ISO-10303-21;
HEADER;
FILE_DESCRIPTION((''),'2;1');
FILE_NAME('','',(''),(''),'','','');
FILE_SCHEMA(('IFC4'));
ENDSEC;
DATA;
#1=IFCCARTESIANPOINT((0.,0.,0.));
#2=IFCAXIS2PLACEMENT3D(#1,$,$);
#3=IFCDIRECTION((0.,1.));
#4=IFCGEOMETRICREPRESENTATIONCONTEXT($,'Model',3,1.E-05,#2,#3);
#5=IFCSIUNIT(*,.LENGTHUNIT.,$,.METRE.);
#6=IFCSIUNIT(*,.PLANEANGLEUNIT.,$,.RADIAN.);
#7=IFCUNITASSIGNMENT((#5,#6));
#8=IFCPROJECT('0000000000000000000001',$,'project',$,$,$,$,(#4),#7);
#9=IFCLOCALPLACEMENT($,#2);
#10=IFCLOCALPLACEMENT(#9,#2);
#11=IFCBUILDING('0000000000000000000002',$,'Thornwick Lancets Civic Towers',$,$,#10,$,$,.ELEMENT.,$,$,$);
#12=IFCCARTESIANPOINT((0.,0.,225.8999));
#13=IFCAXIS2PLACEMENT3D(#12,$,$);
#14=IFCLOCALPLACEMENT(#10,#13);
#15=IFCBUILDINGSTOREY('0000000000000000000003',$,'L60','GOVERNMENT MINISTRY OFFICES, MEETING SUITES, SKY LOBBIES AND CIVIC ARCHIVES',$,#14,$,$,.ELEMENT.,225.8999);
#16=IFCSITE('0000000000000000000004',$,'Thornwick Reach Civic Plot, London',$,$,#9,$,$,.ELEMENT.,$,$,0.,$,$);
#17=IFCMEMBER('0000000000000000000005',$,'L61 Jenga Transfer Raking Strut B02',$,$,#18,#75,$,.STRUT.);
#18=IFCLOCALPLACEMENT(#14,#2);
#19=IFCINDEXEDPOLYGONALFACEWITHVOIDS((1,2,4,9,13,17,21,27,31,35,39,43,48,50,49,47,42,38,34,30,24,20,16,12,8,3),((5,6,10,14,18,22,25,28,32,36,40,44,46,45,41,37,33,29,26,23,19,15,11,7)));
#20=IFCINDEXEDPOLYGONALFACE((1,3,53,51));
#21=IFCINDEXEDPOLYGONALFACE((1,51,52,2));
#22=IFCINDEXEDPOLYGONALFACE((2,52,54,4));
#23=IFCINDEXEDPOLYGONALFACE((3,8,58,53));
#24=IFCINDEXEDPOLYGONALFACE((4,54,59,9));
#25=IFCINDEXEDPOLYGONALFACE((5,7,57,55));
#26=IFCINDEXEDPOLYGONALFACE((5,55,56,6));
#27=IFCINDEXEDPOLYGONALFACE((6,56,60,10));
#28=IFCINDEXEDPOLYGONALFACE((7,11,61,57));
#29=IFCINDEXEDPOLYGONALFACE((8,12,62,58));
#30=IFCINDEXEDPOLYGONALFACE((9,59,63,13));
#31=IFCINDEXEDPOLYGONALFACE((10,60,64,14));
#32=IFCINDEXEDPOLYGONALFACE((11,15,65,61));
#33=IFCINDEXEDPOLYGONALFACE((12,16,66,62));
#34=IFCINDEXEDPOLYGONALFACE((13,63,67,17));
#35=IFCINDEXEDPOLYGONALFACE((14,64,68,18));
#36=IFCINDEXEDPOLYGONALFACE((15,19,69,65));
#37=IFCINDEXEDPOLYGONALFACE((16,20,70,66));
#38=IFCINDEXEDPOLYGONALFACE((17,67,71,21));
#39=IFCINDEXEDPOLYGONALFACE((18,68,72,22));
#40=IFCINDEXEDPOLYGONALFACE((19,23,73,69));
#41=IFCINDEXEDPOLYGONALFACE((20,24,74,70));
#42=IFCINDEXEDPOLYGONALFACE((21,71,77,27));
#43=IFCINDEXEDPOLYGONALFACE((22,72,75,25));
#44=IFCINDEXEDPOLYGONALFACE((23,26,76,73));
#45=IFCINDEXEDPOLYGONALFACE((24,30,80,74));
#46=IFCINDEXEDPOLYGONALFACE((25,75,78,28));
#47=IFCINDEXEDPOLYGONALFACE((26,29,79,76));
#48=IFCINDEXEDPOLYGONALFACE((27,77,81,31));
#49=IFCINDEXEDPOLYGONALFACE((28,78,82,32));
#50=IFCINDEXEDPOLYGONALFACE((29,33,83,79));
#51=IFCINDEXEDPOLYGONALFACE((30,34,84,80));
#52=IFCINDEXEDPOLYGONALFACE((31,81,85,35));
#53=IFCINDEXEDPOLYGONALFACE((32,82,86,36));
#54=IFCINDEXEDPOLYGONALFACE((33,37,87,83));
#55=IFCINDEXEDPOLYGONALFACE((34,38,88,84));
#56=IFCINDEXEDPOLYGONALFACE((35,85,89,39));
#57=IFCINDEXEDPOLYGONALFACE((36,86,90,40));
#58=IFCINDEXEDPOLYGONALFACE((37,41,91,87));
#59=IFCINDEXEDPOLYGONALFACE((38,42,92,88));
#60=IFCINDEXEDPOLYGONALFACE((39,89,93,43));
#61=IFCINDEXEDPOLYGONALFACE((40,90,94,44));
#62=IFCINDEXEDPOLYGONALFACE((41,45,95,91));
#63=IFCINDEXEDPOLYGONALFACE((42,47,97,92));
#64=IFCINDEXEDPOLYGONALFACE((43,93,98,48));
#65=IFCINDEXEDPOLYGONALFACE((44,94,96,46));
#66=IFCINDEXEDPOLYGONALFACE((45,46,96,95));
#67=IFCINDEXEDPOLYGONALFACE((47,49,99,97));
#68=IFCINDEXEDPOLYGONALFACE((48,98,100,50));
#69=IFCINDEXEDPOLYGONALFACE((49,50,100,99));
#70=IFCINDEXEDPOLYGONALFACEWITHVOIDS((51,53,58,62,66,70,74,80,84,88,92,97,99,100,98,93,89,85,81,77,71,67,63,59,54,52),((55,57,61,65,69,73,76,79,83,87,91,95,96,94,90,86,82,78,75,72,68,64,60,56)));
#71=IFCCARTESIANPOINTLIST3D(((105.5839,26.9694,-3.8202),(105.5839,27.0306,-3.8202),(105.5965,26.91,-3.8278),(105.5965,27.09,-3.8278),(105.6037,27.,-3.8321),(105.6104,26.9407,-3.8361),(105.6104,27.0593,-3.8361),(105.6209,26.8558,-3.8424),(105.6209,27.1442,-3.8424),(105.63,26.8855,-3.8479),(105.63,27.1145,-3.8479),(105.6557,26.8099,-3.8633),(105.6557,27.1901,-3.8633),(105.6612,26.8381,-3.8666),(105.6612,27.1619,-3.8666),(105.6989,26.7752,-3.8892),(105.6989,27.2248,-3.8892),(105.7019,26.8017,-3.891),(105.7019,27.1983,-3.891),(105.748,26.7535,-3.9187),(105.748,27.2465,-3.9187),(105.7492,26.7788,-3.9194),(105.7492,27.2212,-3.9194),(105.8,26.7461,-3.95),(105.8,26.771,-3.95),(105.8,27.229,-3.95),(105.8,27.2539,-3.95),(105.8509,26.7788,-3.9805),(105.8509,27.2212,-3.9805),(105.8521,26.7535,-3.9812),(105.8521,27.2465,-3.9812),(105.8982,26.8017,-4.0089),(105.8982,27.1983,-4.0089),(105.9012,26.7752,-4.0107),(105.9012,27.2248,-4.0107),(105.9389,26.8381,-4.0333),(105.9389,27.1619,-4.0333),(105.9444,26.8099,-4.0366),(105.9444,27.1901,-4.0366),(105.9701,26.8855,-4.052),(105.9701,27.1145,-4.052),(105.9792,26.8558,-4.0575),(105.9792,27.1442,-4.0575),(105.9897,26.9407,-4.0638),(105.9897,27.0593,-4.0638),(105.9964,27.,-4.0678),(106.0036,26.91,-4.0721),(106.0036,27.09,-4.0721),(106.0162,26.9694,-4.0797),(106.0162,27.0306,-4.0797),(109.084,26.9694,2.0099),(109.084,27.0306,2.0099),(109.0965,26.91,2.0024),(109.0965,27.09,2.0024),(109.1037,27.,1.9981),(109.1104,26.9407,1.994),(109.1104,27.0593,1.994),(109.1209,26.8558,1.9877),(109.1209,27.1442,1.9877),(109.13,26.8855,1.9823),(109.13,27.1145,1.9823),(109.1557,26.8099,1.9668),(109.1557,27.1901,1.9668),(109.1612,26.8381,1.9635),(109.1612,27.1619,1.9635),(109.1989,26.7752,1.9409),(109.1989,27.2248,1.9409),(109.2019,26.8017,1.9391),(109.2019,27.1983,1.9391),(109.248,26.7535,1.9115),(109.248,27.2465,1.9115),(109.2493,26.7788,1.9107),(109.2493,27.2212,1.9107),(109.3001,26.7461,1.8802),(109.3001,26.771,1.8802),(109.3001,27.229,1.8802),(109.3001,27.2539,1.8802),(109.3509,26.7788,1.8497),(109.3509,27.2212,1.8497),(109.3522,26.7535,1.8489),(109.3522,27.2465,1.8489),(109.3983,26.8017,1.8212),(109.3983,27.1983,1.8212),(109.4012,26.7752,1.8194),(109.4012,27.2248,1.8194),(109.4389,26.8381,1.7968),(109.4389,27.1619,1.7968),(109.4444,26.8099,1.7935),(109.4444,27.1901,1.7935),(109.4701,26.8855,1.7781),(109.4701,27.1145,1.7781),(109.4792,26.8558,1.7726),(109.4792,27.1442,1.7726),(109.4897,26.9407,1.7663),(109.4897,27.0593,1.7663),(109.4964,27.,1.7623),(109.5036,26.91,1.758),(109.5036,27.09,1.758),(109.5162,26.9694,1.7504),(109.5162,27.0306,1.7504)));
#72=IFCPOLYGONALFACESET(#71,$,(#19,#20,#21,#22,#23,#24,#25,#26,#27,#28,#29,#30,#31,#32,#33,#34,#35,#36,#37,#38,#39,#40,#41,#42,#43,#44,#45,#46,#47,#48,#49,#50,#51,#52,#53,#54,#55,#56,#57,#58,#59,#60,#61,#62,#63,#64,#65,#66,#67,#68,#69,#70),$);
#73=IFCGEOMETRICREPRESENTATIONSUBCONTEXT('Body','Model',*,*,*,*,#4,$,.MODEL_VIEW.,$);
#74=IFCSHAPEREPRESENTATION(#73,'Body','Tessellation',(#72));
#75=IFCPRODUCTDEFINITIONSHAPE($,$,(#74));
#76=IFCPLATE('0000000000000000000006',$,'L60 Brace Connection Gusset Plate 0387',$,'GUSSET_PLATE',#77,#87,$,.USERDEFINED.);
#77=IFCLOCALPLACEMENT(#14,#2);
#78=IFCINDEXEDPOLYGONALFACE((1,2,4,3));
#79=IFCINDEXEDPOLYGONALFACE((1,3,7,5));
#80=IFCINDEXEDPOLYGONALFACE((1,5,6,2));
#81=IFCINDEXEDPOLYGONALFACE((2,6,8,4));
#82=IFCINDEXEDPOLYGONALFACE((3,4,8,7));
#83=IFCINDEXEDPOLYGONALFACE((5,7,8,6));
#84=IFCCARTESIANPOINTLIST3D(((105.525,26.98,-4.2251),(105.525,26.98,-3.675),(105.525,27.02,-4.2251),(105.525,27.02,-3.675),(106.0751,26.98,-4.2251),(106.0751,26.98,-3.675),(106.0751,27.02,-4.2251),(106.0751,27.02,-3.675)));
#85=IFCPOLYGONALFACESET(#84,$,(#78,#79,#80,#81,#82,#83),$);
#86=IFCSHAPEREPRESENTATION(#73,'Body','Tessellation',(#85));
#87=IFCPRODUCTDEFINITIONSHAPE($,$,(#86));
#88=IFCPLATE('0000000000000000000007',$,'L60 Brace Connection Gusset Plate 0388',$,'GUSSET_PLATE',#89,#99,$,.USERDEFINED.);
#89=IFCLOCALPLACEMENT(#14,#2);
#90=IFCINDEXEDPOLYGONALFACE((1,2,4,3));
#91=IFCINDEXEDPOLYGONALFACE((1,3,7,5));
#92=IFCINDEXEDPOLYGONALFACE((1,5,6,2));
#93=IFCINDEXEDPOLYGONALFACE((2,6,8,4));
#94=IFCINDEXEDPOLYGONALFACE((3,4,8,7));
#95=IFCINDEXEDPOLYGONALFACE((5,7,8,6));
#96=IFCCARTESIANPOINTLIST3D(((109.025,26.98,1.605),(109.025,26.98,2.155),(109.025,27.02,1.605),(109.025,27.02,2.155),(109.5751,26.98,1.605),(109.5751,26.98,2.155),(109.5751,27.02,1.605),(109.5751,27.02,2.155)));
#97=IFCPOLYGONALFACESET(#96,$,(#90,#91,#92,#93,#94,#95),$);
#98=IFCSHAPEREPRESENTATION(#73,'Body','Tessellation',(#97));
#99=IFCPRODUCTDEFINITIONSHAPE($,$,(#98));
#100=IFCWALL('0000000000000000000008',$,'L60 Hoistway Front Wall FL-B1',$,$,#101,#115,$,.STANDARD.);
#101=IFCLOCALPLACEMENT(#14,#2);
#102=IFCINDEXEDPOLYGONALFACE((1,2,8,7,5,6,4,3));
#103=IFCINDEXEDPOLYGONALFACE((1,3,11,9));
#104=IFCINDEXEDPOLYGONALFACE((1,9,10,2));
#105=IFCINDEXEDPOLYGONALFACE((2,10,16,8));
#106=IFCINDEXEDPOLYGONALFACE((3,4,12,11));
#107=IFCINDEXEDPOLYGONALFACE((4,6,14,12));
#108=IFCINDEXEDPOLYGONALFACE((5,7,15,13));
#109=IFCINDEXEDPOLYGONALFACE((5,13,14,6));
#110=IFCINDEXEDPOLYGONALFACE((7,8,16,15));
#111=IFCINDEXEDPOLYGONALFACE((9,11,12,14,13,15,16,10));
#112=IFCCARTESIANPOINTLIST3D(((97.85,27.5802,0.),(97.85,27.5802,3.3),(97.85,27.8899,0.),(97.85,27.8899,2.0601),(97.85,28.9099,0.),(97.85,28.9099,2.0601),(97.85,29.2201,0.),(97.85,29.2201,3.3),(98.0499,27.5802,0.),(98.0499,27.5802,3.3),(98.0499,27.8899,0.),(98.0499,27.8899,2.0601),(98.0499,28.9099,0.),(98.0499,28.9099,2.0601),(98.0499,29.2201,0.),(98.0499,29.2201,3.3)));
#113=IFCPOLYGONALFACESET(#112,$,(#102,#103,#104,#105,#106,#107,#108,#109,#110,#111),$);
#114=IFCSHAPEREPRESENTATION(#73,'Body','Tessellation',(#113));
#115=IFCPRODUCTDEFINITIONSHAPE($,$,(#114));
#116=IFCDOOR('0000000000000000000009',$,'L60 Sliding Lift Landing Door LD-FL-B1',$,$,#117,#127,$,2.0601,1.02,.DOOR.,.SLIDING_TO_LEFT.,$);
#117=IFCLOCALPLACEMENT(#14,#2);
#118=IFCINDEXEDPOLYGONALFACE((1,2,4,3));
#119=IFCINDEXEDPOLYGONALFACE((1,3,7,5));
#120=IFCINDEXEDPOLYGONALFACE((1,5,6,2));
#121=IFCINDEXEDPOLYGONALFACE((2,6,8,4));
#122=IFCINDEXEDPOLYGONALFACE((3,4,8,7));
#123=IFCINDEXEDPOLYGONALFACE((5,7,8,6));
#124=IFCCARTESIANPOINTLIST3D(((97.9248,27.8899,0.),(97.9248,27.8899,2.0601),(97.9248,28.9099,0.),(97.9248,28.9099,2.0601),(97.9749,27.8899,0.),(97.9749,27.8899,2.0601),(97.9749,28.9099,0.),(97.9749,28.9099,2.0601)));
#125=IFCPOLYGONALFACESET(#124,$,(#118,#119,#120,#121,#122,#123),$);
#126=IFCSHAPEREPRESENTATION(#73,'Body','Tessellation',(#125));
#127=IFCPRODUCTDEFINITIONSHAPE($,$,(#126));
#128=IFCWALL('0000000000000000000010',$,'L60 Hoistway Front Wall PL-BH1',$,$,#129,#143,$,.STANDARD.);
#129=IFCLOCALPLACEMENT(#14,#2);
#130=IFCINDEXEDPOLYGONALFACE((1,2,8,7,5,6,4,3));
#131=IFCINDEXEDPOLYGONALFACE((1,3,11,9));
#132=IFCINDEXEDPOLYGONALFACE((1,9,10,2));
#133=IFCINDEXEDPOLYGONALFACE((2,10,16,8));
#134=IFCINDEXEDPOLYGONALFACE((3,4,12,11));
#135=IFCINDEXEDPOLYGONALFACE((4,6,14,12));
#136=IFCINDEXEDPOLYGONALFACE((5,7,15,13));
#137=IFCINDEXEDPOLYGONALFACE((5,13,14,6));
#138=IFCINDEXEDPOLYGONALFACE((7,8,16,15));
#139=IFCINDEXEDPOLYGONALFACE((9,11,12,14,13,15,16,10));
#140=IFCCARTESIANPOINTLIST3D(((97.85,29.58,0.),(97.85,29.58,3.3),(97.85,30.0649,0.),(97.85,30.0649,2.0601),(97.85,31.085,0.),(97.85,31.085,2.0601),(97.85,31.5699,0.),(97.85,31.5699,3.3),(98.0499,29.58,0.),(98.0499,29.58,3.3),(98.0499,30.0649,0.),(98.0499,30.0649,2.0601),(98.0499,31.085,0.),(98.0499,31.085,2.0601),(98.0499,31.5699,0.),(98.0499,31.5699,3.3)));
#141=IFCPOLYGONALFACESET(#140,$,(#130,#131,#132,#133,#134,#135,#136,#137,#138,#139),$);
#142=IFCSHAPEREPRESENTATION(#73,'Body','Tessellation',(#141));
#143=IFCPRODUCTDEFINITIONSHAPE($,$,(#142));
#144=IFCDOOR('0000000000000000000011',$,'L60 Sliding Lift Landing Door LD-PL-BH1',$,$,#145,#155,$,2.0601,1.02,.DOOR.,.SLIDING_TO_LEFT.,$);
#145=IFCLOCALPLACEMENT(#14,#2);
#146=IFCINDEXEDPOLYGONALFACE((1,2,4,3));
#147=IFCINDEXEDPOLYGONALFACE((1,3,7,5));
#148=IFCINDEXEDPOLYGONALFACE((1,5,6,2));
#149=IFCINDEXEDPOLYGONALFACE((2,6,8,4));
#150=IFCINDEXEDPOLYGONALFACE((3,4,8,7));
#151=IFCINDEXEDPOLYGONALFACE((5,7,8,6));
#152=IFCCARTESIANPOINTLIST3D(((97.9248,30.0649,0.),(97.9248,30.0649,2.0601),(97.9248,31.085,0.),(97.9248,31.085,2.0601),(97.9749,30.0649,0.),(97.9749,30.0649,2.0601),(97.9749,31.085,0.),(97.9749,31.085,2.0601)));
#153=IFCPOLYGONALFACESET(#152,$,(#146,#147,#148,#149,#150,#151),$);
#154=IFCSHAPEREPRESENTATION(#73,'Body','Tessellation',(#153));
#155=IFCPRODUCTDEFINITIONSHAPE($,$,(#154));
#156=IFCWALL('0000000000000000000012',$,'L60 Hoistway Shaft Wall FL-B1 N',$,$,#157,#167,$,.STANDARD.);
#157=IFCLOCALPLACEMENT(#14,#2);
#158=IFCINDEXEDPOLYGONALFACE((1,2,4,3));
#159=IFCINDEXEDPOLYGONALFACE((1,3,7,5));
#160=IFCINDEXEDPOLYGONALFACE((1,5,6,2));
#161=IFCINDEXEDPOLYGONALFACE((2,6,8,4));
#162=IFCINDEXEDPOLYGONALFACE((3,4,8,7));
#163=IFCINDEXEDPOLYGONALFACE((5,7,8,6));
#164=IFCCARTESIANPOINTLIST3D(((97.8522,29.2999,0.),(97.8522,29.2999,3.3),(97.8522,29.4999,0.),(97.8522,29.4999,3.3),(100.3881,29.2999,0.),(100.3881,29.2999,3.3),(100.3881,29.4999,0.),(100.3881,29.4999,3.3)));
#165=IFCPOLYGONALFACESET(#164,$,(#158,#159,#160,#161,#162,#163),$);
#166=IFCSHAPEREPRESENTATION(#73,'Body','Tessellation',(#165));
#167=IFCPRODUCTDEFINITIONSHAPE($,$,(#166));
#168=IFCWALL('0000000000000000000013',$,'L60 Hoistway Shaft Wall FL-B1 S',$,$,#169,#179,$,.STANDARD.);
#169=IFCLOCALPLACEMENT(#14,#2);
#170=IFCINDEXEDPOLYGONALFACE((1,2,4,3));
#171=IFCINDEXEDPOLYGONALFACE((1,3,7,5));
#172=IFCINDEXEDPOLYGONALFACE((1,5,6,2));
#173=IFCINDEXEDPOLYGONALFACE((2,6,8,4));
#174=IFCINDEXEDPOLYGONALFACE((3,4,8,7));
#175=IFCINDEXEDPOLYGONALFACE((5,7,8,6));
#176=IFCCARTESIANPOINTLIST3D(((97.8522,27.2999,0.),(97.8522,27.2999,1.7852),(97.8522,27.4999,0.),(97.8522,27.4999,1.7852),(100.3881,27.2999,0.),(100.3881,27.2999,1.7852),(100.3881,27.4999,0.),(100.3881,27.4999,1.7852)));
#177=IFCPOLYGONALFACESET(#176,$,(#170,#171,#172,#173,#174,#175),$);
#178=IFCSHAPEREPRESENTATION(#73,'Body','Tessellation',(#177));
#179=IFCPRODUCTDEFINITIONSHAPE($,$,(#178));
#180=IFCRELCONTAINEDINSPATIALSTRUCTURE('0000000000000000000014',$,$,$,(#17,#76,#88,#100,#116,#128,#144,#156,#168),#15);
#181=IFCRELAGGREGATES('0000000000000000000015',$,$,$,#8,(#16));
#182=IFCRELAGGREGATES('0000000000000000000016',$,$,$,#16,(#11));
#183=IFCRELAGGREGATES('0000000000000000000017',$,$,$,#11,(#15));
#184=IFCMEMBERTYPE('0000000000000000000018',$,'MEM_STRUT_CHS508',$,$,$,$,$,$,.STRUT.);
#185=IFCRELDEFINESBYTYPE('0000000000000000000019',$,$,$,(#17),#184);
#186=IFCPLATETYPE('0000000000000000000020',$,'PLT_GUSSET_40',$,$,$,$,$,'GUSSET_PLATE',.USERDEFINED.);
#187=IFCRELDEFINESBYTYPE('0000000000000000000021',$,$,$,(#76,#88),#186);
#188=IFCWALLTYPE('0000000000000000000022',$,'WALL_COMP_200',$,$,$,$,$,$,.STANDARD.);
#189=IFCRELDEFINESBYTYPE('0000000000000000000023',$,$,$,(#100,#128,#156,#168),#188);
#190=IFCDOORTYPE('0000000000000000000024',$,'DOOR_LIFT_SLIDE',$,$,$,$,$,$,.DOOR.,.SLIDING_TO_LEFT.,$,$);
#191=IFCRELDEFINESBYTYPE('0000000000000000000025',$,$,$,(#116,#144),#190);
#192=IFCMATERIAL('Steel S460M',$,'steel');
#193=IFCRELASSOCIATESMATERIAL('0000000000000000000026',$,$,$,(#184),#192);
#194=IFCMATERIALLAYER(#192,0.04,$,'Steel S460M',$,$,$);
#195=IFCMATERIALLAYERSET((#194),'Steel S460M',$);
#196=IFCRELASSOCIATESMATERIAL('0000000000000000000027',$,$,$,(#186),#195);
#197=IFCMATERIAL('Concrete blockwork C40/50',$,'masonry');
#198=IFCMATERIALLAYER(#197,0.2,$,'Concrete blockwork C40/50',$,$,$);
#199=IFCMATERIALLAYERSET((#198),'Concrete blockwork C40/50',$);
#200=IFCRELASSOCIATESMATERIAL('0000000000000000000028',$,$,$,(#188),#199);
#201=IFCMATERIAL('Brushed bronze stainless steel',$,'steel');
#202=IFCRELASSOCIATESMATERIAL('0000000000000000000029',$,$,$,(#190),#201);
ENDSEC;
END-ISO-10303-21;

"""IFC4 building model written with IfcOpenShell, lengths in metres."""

from ifc_helpers import new_model, si_unit, direction, frame, frame_2d, origin, origin_2d, place, context, subcontext, project, spatial, rectangle, hollow_circle, extrude, material, layer, layer_set, material_profile, profile_set, type_object, element, fill, save


model = new_model("IFC4")

# Units and contexts
model_context = context("Model", 3, precision=1e-05, world=origin(), true_north=direction((0.0, 1.0)))
body_context = subcontext(model_context, "Body", "Model", "MODEL_VIEW")
ifc_project = project(units=[si_unit("LENGTHUNIT", "METRE"), si_unit("PLANEANGLEUNIT", "RADIAN")], contexts=[model_context])

# Site, building, storey
site_placement = place(None, origin())
site = spatial("IfcSite", under=ifc_project, at=site_placement, Name="Thornwick Reach Civic Plot, London", CompositionType="ELEMENT", RefElevation=0.0)
building_placement = place(site_placement, origin())
building = spatial("IfcBuilding", under=site, at=building_placement, Name="Thornwick Lancets Civic Towers", CompositionType="ELEMENT")
storey_placement = place(building_placement, frame((0.0, 0.0, 225.8999)))
storey = spatial("IfcBuildingStorey", under=building, at=storey_placement, Name="L60", Description="GOVERNMENT MINISTRY OFFICES, MEETING SUITES, SKY LOBBIES AND CIVIC ARCHIVES", CompositionType="ELEMENT", Elevation=225.8999)

# Member
ifc_material_1 = material(Name="Steel S460M", Category="steel")
ifc_material_profile_1 = material_profile(ifc_material_1, hollow_circle(Radius=0.2539, WallThickness=0.0249, at=origin_2d()), Name="CHS 508x25")
ifc_profile_set_1 = profile_set([ifc_material_profile_1], Name="Steel S460M")
member_type = type_object("IfcMemberType", Name="MEM_STRUT_CHS508", PredefinedType="STRUT", material=ifc_profile_set_1)
member_placement = place(storey_placement, frame((105.8, 27.0, -3.95), z_axis=(0.514707, 0.0, 0.857366), x_axis=(0.0, 1.0, 0.0)))
element("IfcMember", 1, at=member_placement, inside=storey, type_object=member_type, Name="L61 Jenga Transfer Raking Strut B02", PredefinedType="STRUT", context=body_context, shape_type="SweptSolid", body=[
    extrude(hollow_circle(Radius=0.2539, WallThickness=0.0249, at=origin_2d()), origin(), (0.0, 0.0, 1.0), 6.8),
])

# Plates
ifc_layer_1 = layer(ifc_material_1, 0.04, Name="Steel S460M")
ifc_layer_set_1 = layer_set([ifc_layer_1], Name="Steel S460M")
plate_type = type_object("IfcPlateType", Name="PLT_GUSSET_40", ElementType="GUSSET_PLATE", PredefinedType="USERDEFINED", material=ifc_layer_set_1)
for number, where, z_axis, x_axis, name in (
    (2, (105.8, 27.0, -4.2251), (0.0, 0.0, 1.0), (1.0, 0.0, 0.0), "L60 Brace Connection Gusset Plate 0387"),
    (3, (109.3, 27.0, 1.605), (0.0, 0.0, 1.0), (1.0, 0.0, 0.0), "L60 Brace Connection Gusset Plate 0388"),
):
    element("IfcPlate", number, at=place(storey_placement, frame(where, z_axis=z_axis, x_axis=x_axis)), inside=storey, type_object=plate_type, Name=name, ObjectType="GUSSET_PLATE", PredefinedType="USERDEFINED", context=body_context, shape_type="SweptSolid", body=[
        extrude(rectangle(XDim=0.55, YDim=0.04, at=origin_2d()), origin(), (0.0, 0.0, 1.0), 0.55),
    ])

# Walls, openings, doors
ifc_material_2 = material(Name="Concrete blockwork C40/50", Category="masonry")
ifc_layer_2 = layer(ifc_material_2, 0.2, Name="Concrete blockwork C40/50")
ifc_layer_set_2 = layer_set([ifc_layer_2], Name="Concrete blockwork C40/50")
wall_type = type_object("IfcWallType", Name="WALL_COMP_200", PredefinedType="STANDARD", material=ifc_layer_set_2)
wall_1_placement = place(storey_placement, frame((97.95, 29.22, 0.0), z_axis=(0.0, 0.0, 1.0), x_axis=(0.0, -1.0, 0.0)))
wall_1 = element("IfcWall", 4, at=wall_1_placement, inside=storey, type_object=wall_type, Name="L60 Hoistway Front Wall FL-B1", PredefinedType="STANDARD", context=body_context, shape_type="SweptSolid", body=[
    extrude(rectangle(XDim=1.6399, YDim=0.2, at=frame_2d((0.8198, 0.0))), origin(), (0.0, 0.0, 1.0), 3.3),
])
opening_1_placement = place(wall_1_placement, frame((0.3101, 0.0, 0.0)))
opening_1 = element("IfcOpeningElement", 5, at=opening_1_placement, cuts=wall_1, PredefinedType="OPENING", context=body_context, shape_type="SweptSolid", body=[
    extrude(rectangle(XDim=1.02, YDim=2.0601, at=frame_2d((0.51, 1.03))), frame((0.0, 0.1099, 0.0), z_axis=(0.0, -1.0, 0.0), x_axis=(1.0, 0.0, 0.0)), (0.0, 0.0, 1.0), 0.22),
])
ifc_material_3 = material(Name="Brushed bronze stainless steel", Category="steel")
door_type = type_object("IfcDoorType", Name="DOOR_LIFT_SLIDE", OperationType="SLIDING_TO_LEFT", PredefinedType="DOOR", material=ifc_material_3)
door_1_placement = place(opening_1_placement, origin())
door_1 = element("IfcDoor", 6, at=door_1_placement, inside=storey, type_object=door_type, Name="L60 Sliding Lift Landing Door LD-FL-B1", OperationType="SLIDING_TO_LEFT", OverallHeight=2.0601, OverallWidth=1.02, PredefinedType="DOOR", context=body_context, shape_type="SweptSolid", body=[
    extrude(rectangle(XDim=1.02, YDim=2.0601, at=frame_2d((0.51, 1.03))), frame((0.0, 0.0249, 0.0), z_axis=(0.0, -1.0, 0.0), x_axis=(1.0, 0.0, 0.0)), (0.0, 0.0, 1.0), 0.05),
])
fill(opening_1, door_1)
wall_2_placement = place(storey_placement, frame((97.95, 31.5701, 0.0), z_axis=(0.0, 0.0, 1.0), x_axis=(0.0, -1.0, 0.0)))
wall_2 = element("IfcWall", 7, at=wall_2_placement, inside=storey, type_object=wall_type, Name="L60 Hoistway Front Wall PL-BH1", PredefinedType="STANDARD", context=body_context, shape_type="SweptSolid", body=[
    extrude(rectangle(XDim=1.99, YDim=0.2, at=frame_2d((0.9951, 0.0))), origin(), (0.0, 0.0, 1.0), 3.3),
])
opening_2_placement = place(wall_2_placement, frame((0.4851, 0.0, 0.0)))
opening_2 = element("IfcOpeningElement", 8, at=opening_2_placement, cuts=wall_2, PredefinedType="OPENING", context=body_context, shape_type="SweptSolid", body=[
    extrude(rectangle(XDim=1.02, YDim=2.0601, at=frame_2d((0.51, 1.03))), frame((0.0, 0.1099, 0.0), z_axis=(0.0, -1.0, 0.0), x_axis=(1.0, 0.0, 0.0)), (0.0, 0.0, 1.0), 0.22),
])
door_2_placement = place(opening_2_placement, origin())
door_2 = element("IfcDoor", 9, at=door_2_placement, inside=storey, type_object=door_type, Name="L60 Sliding Lift Landing Door LD-PL-BH1", OperationType="SLIDING_TO_LEFT", OverallHeight=2.0601, OverallWidth=1.02, PredefinedType="DOOR", context=body_context, shape_type="SweptSolid", body=[
    extrude(rectangle(XDim=1.02, YDim=2.0601, at=frame_2d((0.51, 1.03))), frame((0.0, 0.0249, 0.0), z_axis=(0.0, -1.0, 0.0), x_axis=(1.0, 0.0, 0.0)), (0.0, 0.0, 1.0), 0.05),
])
fill(opening_2, door_2)

# Walls
wall_3_placement = place(storey_placement, frame((97.8521, 29.3999, 0.0), z_axis=(0.0, 0.0, 1.0), x_axis=(1.0, 0.0, 0.0)))
element("IfcWall", 10, at=wall_3_placement, inside=storey, type_object=wall_type, Name="L60 Hoistway Shaft Wall FL-B1 N", PredefinedType="STANDARD", context=body_context, shape_type="SweptSolid", body=[
    extrude(rectangle(XDim=2.5359, YDim=0.2, at=frame_2d((1.2681, 0.0))), origin(), (0.0, 0.0, 1.0), 3.3),
])
wall_4_placement = place(storey_placement, frame((97.8521, 27.3999, 0.0), z_axis=(0.0, 0.0, 1.0), x_axis=(1.0, 0.0, 0.0)))
element("IfcWall", 11, at=wall_4_placement, inside=storey, type_object=wall_type, Name="L60 Hoistway Shaft Wall FL-B1 S", PredefinedType="STANDARD", context=body_context, shape_type="SweptSolid", body=[
    extrude(rectangle(XDim=2.5359, YDim=0.2, at=frame_2d((1.2681, 0.0))), origin(), (0.0, 0.0, 1.0), 1.7852),
])

save(model, "model.ifc")
